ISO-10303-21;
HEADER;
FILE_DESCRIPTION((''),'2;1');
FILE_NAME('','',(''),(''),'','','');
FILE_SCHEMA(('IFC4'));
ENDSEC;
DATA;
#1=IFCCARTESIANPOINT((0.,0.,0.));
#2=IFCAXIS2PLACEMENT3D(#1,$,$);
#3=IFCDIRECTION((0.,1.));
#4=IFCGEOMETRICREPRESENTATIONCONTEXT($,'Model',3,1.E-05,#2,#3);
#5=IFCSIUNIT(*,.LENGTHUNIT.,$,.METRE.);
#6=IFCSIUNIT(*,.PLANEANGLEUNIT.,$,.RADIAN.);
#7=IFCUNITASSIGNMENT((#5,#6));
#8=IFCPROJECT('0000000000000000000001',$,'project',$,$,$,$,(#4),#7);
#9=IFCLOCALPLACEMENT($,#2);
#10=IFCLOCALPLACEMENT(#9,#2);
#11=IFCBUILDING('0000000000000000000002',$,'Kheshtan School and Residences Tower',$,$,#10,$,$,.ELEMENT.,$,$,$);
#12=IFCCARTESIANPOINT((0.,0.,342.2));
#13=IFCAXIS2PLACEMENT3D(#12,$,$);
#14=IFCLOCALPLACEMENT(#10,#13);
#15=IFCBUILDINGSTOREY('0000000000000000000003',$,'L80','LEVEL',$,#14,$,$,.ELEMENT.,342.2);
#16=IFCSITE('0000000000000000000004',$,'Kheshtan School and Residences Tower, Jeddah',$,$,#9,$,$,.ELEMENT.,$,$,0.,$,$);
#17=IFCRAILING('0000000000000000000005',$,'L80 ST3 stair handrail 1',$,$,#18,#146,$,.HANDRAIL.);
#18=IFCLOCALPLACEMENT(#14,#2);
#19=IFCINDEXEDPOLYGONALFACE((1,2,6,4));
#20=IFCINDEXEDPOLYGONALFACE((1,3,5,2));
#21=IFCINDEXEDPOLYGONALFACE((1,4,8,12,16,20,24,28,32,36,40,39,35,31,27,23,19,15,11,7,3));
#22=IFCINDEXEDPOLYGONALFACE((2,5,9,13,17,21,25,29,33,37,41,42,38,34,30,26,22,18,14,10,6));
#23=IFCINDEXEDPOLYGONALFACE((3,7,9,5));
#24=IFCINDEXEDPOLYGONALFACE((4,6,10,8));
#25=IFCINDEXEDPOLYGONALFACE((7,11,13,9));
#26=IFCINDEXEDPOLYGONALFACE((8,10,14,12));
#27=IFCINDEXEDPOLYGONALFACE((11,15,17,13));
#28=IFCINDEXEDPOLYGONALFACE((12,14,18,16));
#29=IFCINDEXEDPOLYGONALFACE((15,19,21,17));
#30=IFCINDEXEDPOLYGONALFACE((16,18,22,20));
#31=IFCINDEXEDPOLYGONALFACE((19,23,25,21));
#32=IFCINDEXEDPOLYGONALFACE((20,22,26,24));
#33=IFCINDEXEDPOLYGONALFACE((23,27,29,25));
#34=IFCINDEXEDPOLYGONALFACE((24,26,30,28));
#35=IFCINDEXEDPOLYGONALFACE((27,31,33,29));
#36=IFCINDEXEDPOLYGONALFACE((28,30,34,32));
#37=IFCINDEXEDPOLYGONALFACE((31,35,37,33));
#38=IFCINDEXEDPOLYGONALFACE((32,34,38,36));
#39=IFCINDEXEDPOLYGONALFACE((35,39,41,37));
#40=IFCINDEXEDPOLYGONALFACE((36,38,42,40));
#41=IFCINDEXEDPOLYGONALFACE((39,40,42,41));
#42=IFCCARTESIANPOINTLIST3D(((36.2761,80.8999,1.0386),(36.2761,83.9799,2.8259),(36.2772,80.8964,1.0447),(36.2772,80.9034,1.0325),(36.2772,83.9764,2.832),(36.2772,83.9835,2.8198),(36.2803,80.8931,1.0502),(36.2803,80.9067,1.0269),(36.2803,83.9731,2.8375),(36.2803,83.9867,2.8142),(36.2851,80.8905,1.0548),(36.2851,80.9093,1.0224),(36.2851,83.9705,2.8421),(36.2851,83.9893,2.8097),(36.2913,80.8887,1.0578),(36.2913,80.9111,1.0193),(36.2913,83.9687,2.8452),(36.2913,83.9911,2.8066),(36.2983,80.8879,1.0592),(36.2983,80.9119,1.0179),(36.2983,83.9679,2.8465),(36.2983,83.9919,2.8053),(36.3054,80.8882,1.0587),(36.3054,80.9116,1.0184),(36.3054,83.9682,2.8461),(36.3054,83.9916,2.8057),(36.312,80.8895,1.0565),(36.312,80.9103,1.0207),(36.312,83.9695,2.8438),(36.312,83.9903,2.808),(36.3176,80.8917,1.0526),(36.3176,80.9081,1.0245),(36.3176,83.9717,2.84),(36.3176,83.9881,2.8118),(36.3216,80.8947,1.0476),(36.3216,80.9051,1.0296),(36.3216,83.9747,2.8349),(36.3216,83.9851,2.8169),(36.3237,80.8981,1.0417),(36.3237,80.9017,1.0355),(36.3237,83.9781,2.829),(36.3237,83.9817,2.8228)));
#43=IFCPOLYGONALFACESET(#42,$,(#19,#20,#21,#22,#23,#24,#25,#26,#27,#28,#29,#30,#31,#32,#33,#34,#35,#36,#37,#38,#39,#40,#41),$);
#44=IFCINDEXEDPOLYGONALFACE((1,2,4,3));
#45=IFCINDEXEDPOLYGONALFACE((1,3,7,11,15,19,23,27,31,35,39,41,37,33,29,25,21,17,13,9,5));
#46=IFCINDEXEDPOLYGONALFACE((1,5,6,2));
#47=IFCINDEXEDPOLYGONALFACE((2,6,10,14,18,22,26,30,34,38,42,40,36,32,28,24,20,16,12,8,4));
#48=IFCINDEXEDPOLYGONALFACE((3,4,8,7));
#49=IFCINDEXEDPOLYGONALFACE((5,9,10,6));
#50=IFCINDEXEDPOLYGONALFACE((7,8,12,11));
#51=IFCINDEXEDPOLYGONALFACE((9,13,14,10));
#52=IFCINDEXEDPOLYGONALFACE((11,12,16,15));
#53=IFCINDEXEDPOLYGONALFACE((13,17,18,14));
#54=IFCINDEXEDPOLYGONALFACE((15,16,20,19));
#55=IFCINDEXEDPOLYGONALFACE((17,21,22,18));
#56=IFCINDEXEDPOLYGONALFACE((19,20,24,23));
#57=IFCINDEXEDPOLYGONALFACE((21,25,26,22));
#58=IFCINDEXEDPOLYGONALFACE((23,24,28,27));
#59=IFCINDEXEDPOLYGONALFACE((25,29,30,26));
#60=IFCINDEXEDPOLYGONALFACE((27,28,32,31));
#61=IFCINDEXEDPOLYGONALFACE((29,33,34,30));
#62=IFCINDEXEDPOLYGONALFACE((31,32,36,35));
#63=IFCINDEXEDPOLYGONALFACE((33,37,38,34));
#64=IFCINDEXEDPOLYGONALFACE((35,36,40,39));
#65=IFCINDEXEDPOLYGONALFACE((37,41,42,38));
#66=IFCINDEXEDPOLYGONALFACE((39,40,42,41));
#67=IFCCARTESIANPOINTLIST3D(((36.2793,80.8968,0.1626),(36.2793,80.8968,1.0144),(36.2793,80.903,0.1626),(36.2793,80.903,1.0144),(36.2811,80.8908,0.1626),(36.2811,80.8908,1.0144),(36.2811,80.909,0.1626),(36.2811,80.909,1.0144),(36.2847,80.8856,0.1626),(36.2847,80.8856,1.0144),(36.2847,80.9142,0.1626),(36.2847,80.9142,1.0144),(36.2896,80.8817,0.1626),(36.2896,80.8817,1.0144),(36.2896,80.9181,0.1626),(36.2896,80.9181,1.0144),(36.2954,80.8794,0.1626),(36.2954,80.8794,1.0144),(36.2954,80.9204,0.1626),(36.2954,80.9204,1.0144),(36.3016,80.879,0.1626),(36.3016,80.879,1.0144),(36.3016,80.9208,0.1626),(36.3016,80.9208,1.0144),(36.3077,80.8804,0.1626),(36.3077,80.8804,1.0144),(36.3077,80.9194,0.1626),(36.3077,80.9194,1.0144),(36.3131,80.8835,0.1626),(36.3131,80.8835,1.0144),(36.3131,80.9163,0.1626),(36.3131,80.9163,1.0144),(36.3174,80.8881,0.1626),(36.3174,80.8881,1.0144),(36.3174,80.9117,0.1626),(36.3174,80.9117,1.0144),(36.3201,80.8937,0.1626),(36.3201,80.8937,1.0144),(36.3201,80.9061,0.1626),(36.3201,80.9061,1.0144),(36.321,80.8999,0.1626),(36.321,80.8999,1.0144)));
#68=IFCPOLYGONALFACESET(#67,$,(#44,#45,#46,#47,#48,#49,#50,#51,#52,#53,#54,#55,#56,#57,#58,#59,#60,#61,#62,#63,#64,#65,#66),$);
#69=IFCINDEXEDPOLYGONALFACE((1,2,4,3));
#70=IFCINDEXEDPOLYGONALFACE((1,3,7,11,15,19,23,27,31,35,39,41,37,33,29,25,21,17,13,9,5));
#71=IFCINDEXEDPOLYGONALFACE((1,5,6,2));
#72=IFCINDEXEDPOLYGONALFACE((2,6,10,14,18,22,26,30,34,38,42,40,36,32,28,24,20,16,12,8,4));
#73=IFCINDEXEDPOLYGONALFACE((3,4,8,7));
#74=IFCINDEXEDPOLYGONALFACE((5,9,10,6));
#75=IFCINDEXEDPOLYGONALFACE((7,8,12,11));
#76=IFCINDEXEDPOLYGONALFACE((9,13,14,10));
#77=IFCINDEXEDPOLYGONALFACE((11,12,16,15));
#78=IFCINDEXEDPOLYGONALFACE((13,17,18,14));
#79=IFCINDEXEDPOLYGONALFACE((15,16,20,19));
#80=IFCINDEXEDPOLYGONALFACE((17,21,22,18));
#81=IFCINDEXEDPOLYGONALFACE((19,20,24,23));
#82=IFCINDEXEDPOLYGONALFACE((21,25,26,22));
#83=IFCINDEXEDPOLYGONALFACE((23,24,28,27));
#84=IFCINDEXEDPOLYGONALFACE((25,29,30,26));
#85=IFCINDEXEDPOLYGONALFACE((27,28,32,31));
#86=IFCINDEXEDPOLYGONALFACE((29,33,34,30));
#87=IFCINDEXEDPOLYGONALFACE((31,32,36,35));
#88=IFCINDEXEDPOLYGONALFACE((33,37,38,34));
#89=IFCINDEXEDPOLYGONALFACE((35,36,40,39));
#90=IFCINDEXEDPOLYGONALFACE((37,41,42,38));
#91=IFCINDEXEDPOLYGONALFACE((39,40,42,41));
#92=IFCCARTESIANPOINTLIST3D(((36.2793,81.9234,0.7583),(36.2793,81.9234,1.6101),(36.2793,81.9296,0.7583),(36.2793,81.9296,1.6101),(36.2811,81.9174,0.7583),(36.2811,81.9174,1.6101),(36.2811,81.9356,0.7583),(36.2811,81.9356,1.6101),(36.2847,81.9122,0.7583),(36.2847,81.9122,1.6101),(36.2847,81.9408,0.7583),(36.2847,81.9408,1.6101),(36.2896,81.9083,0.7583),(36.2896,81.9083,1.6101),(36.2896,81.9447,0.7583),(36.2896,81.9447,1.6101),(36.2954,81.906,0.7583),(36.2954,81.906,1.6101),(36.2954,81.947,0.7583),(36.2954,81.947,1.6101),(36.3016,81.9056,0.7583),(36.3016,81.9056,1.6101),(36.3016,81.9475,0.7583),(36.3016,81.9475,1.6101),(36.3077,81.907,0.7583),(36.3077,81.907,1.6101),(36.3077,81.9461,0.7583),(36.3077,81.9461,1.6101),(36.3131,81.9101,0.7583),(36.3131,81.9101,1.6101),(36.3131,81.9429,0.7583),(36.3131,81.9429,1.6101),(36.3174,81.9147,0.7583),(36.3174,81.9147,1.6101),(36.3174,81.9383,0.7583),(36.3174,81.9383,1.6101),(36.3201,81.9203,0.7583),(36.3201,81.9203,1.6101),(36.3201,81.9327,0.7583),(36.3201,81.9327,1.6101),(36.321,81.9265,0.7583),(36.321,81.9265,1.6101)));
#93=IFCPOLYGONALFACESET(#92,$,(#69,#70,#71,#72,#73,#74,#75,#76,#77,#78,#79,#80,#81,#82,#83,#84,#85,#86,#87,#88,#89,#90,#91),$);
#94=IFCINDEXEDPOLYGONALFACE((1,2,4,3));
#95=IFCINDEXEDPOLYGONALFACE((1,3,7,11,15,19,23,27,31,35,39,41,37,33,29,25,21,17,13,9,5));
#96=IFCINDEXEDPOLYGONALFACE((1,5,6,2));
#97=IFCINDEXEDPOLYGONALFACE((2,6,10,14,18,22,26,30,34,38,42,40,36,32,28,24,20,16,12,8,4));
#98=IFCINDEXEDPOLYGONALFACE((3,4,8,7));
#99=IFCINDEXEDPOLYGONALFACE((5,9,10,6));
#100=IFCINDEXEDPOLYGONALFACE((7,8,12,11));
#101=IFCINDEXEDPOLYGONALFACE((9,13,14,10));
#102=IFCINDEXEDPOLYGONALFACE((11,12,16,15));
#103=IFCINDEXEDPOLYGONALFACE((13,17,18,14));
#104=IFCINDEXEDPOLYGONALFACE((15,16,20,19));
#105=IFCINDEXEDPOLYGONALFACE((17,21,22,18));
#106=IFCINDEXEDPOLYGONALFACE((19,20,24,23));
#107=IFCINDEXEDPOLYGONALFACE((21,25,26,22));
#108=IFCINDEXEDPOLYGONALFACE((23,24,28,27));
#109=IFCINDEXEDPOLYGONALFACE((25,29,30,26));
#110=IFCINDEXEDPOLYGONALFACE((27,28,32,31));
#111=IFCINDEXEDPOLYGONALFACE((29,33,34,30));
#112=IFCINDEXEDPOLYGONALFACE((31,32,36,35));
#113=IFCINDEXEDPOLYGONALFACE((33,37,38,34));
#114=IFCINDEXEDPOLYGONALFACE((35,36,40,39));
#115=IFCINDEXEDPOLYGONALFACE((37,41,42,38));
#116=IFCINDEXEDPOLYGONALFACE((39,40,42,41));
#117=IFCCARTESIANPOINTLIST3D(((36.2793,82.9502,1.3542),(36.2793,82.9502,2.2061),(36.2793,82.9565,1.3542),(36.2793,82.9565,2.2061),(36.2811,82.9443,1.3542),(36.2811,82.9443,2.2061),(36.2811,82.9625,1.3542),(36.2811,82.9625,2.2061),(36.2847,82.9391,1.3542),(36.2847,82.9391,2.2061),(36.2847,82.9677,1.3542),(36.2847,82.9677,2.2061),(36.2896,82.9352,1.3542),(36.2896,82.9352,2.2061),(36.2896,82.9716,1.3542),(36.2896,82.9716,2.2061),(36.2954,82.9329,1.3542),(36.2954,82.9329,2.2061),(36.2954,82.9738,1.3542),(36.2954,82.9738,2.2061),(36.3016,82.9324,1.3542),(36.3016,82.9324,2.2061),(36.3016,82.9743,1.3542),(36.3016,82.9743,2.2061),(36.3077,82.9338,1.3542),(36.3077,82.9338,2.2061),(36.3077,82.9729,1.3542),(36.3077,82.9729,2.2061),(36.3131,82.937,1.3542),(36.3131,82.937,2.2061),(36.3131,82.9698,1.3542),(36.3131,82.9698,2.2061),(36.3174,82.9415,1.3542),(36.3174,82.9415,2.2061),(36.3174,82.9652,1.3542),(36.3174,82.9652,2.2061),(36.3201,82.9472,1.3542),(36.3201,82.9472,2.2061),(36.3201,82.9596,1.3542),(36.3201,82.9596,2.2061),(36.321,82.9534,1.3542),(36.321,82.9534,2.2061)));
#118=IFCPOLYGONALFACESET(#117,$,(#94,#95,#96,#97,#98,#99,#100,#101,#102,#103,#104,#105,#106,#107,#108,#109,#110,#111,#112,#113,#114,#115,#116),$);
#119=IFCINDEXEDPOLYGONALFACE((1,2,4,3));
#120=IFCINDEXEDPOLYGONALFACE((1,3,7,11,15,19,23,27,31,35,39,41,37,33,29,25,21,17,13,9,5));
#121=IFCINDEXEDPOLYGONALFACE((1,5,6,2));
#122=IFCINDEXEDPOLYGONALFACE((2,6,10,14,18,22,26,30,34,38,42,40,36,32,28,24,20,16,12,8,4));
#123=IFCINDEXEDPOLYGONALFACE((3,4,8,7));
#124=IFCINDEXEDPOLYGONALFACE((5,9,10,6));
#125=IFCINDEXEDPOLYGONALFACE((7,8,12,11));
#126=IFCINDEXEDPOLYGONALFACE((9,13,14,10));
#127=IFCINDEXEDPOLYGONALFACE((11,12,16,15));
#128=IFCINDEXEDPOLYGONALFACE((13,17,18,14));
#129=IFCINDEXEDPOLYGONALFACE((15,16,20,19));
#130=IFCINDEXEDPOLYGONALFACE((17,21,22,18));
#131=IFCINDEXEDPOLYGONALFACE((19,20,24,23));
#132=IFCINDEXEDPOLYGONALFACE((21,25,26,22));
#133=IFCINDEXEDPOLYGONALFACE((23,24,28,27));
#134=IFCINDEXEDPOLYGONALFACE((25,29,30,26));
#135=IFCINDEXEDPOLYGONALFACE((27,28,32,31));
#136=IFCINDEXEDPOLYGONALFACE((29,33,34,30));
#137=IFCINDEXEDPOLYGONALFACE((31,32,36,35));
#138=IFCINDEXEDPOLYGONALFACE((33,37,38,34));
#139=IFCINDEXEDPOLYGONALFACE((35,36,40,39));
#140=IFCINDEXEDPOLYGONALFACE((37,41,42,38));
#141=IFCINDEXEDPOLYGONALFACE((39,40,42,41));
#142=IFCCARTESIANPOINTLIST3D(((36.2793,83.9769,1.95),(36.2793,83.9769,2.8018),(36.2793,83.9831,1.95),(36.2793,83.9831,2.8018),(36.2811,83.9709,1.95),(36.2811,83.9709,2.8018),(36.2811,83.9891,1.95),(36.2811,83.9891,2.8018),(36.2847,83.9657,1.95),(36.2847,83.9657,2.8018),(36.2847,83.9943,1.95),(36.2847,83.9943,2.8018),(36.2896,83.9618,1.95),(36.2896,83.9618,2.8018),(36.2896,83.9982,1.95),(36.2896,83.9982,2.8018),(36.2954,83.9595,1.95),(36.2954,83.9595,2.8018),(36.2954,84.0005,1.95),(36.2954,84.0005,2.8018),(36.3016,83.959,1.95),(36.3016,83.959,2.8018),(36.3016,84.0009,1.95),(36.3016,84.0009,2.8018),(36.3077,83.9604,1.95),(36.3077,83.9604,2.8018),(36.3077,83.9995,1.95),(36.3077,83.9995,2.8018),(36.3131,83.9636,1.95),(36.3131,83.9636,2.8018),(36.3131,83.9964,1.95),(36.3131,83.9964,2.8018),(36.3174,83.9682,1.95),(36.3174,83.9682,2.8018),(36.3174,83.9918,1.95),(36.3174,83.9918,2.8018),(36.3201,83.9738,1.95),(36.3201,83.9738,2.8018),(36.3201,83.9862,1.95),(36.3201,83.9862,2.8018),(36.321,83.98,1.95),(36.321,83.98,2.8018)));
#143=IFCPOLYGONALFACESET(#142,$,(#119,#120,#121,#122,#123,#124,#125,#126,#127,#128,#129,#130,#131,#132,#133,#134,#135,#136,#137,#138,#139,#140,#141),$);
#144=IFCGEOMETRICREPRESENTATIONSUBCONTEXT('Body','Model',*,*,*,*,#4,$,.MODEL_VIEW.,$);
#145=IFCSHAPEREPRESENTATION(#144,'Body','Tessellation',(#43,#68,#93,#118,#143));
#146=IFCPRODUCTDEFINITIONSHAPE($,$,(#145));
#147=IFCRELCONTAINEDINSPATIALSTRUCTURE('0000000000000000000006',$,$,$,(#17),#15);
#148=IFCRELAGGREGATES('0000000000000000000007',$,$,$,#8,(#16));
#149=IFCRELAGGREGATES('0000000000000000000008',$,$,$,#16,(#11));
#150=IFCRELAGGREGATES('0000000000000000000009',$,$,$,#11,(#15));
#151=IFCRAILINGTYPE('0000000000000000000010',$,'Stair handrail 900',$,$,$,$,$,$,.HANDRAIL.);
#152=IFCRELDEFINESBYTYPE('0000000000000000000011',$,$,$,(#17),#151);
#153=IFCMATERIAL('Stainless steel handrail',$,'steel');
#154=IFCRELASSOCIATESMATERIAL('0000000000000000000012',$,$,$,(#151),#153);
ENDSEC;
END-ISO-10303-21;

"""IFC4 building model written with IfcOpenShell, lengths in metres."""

from ifc_helpers import new_model, si_unit, direction, frame, origin, origin_2d, place, context, subcontext, project, spatial, circle, extrude, material, type_object, element, save


model = new_model("IFC4")

# Units and contexts
model_context = context("Model", 3, precision=1e-05, world=origin(), true_north=direction((0.0, 1.0)))
body_context = subcontext(model_context, "Body", "Model", "MODEL_VIEW")
ifc_project = project(units=[si_unit("LENGTHUNIT", "METRE"), si_unit("PLANEANGLEUNIT", "RADIAN")], contexts=[model_context])

# Site, building, storey
site_placement = place(None, origin())
site = spatial("IfcSite", under=ifc_project, at=site_placement, Name="Kheshtan School and Residences Tower, Jeddah", CompositionType="ELEMENT", RefElevation=0.0)
building_placement = place(site_placement, origin())
building = spatial("IfcBuilding", under=site, at=building_placement, Name="Kheshtan School and Residences Tower", CompositionType="ELEMENT")
storey_placement = place(building_placement, frame((0.0, 0.0, 342.2)))
storey = spatial("IfcBuildingStorey", under=building, at=storey_placement, Name="L80", Description="LEVEL", CompositionType="ELEMENT", Elevation=342.2)

# Railing
ifc_material_1 = material(Name="Stainless steel handrail", Category="steel")
railing_type_1 = type_object("IfcRailingType", Name="Stair handrail 900", PredefinedType="HANDRAIL", material=ifc_material_1)
railing_1_placement = place(storey_placement, frame((36.3, 80.8999, 0.1626)))
element("IfcRailing", 1, at=railing_1_placement, inside=storey, type_object=railing_type_1, Name="L80 ST3 stair handrail 1", PredefinedType="HANDRAIL", context=body_context, shape_type="SweptSolid", body=[
    extrude(circle(Radius=0.0239, at=origin_2d()), frame((0.0, 0.0, 0.876), z_axis=(0.0, 0.86492, 0.501909), x_axis=(-1.0, 0.0, 0.0)), (0.0, 0.0, 1.0), 3.561),
    extrude(circle(Radius=0.021, at=origin_2d()), origin(), (0.0, 0.0, 1.0), 0.8518),
    extrude(circle(Radius=0.021, at=origin_2d()), frame((0.0, 1.0266, 0.5957)), (0.0, 0.0, 1.0), 0.8518),
    extrude(circle(Radius=0.021, at=origin_2d()), frame((0.0, 2.0535, 1.1917)), (0.0, 0.0, 1.0), 0.8518),
    extrude(circle(Radius=0.021, at=origin_2d()), frame((0.0, 3.0801, 1.7874)), (0.0, 0.0, 1.0), 0.8518),
])

save(model, "model.ifc")
